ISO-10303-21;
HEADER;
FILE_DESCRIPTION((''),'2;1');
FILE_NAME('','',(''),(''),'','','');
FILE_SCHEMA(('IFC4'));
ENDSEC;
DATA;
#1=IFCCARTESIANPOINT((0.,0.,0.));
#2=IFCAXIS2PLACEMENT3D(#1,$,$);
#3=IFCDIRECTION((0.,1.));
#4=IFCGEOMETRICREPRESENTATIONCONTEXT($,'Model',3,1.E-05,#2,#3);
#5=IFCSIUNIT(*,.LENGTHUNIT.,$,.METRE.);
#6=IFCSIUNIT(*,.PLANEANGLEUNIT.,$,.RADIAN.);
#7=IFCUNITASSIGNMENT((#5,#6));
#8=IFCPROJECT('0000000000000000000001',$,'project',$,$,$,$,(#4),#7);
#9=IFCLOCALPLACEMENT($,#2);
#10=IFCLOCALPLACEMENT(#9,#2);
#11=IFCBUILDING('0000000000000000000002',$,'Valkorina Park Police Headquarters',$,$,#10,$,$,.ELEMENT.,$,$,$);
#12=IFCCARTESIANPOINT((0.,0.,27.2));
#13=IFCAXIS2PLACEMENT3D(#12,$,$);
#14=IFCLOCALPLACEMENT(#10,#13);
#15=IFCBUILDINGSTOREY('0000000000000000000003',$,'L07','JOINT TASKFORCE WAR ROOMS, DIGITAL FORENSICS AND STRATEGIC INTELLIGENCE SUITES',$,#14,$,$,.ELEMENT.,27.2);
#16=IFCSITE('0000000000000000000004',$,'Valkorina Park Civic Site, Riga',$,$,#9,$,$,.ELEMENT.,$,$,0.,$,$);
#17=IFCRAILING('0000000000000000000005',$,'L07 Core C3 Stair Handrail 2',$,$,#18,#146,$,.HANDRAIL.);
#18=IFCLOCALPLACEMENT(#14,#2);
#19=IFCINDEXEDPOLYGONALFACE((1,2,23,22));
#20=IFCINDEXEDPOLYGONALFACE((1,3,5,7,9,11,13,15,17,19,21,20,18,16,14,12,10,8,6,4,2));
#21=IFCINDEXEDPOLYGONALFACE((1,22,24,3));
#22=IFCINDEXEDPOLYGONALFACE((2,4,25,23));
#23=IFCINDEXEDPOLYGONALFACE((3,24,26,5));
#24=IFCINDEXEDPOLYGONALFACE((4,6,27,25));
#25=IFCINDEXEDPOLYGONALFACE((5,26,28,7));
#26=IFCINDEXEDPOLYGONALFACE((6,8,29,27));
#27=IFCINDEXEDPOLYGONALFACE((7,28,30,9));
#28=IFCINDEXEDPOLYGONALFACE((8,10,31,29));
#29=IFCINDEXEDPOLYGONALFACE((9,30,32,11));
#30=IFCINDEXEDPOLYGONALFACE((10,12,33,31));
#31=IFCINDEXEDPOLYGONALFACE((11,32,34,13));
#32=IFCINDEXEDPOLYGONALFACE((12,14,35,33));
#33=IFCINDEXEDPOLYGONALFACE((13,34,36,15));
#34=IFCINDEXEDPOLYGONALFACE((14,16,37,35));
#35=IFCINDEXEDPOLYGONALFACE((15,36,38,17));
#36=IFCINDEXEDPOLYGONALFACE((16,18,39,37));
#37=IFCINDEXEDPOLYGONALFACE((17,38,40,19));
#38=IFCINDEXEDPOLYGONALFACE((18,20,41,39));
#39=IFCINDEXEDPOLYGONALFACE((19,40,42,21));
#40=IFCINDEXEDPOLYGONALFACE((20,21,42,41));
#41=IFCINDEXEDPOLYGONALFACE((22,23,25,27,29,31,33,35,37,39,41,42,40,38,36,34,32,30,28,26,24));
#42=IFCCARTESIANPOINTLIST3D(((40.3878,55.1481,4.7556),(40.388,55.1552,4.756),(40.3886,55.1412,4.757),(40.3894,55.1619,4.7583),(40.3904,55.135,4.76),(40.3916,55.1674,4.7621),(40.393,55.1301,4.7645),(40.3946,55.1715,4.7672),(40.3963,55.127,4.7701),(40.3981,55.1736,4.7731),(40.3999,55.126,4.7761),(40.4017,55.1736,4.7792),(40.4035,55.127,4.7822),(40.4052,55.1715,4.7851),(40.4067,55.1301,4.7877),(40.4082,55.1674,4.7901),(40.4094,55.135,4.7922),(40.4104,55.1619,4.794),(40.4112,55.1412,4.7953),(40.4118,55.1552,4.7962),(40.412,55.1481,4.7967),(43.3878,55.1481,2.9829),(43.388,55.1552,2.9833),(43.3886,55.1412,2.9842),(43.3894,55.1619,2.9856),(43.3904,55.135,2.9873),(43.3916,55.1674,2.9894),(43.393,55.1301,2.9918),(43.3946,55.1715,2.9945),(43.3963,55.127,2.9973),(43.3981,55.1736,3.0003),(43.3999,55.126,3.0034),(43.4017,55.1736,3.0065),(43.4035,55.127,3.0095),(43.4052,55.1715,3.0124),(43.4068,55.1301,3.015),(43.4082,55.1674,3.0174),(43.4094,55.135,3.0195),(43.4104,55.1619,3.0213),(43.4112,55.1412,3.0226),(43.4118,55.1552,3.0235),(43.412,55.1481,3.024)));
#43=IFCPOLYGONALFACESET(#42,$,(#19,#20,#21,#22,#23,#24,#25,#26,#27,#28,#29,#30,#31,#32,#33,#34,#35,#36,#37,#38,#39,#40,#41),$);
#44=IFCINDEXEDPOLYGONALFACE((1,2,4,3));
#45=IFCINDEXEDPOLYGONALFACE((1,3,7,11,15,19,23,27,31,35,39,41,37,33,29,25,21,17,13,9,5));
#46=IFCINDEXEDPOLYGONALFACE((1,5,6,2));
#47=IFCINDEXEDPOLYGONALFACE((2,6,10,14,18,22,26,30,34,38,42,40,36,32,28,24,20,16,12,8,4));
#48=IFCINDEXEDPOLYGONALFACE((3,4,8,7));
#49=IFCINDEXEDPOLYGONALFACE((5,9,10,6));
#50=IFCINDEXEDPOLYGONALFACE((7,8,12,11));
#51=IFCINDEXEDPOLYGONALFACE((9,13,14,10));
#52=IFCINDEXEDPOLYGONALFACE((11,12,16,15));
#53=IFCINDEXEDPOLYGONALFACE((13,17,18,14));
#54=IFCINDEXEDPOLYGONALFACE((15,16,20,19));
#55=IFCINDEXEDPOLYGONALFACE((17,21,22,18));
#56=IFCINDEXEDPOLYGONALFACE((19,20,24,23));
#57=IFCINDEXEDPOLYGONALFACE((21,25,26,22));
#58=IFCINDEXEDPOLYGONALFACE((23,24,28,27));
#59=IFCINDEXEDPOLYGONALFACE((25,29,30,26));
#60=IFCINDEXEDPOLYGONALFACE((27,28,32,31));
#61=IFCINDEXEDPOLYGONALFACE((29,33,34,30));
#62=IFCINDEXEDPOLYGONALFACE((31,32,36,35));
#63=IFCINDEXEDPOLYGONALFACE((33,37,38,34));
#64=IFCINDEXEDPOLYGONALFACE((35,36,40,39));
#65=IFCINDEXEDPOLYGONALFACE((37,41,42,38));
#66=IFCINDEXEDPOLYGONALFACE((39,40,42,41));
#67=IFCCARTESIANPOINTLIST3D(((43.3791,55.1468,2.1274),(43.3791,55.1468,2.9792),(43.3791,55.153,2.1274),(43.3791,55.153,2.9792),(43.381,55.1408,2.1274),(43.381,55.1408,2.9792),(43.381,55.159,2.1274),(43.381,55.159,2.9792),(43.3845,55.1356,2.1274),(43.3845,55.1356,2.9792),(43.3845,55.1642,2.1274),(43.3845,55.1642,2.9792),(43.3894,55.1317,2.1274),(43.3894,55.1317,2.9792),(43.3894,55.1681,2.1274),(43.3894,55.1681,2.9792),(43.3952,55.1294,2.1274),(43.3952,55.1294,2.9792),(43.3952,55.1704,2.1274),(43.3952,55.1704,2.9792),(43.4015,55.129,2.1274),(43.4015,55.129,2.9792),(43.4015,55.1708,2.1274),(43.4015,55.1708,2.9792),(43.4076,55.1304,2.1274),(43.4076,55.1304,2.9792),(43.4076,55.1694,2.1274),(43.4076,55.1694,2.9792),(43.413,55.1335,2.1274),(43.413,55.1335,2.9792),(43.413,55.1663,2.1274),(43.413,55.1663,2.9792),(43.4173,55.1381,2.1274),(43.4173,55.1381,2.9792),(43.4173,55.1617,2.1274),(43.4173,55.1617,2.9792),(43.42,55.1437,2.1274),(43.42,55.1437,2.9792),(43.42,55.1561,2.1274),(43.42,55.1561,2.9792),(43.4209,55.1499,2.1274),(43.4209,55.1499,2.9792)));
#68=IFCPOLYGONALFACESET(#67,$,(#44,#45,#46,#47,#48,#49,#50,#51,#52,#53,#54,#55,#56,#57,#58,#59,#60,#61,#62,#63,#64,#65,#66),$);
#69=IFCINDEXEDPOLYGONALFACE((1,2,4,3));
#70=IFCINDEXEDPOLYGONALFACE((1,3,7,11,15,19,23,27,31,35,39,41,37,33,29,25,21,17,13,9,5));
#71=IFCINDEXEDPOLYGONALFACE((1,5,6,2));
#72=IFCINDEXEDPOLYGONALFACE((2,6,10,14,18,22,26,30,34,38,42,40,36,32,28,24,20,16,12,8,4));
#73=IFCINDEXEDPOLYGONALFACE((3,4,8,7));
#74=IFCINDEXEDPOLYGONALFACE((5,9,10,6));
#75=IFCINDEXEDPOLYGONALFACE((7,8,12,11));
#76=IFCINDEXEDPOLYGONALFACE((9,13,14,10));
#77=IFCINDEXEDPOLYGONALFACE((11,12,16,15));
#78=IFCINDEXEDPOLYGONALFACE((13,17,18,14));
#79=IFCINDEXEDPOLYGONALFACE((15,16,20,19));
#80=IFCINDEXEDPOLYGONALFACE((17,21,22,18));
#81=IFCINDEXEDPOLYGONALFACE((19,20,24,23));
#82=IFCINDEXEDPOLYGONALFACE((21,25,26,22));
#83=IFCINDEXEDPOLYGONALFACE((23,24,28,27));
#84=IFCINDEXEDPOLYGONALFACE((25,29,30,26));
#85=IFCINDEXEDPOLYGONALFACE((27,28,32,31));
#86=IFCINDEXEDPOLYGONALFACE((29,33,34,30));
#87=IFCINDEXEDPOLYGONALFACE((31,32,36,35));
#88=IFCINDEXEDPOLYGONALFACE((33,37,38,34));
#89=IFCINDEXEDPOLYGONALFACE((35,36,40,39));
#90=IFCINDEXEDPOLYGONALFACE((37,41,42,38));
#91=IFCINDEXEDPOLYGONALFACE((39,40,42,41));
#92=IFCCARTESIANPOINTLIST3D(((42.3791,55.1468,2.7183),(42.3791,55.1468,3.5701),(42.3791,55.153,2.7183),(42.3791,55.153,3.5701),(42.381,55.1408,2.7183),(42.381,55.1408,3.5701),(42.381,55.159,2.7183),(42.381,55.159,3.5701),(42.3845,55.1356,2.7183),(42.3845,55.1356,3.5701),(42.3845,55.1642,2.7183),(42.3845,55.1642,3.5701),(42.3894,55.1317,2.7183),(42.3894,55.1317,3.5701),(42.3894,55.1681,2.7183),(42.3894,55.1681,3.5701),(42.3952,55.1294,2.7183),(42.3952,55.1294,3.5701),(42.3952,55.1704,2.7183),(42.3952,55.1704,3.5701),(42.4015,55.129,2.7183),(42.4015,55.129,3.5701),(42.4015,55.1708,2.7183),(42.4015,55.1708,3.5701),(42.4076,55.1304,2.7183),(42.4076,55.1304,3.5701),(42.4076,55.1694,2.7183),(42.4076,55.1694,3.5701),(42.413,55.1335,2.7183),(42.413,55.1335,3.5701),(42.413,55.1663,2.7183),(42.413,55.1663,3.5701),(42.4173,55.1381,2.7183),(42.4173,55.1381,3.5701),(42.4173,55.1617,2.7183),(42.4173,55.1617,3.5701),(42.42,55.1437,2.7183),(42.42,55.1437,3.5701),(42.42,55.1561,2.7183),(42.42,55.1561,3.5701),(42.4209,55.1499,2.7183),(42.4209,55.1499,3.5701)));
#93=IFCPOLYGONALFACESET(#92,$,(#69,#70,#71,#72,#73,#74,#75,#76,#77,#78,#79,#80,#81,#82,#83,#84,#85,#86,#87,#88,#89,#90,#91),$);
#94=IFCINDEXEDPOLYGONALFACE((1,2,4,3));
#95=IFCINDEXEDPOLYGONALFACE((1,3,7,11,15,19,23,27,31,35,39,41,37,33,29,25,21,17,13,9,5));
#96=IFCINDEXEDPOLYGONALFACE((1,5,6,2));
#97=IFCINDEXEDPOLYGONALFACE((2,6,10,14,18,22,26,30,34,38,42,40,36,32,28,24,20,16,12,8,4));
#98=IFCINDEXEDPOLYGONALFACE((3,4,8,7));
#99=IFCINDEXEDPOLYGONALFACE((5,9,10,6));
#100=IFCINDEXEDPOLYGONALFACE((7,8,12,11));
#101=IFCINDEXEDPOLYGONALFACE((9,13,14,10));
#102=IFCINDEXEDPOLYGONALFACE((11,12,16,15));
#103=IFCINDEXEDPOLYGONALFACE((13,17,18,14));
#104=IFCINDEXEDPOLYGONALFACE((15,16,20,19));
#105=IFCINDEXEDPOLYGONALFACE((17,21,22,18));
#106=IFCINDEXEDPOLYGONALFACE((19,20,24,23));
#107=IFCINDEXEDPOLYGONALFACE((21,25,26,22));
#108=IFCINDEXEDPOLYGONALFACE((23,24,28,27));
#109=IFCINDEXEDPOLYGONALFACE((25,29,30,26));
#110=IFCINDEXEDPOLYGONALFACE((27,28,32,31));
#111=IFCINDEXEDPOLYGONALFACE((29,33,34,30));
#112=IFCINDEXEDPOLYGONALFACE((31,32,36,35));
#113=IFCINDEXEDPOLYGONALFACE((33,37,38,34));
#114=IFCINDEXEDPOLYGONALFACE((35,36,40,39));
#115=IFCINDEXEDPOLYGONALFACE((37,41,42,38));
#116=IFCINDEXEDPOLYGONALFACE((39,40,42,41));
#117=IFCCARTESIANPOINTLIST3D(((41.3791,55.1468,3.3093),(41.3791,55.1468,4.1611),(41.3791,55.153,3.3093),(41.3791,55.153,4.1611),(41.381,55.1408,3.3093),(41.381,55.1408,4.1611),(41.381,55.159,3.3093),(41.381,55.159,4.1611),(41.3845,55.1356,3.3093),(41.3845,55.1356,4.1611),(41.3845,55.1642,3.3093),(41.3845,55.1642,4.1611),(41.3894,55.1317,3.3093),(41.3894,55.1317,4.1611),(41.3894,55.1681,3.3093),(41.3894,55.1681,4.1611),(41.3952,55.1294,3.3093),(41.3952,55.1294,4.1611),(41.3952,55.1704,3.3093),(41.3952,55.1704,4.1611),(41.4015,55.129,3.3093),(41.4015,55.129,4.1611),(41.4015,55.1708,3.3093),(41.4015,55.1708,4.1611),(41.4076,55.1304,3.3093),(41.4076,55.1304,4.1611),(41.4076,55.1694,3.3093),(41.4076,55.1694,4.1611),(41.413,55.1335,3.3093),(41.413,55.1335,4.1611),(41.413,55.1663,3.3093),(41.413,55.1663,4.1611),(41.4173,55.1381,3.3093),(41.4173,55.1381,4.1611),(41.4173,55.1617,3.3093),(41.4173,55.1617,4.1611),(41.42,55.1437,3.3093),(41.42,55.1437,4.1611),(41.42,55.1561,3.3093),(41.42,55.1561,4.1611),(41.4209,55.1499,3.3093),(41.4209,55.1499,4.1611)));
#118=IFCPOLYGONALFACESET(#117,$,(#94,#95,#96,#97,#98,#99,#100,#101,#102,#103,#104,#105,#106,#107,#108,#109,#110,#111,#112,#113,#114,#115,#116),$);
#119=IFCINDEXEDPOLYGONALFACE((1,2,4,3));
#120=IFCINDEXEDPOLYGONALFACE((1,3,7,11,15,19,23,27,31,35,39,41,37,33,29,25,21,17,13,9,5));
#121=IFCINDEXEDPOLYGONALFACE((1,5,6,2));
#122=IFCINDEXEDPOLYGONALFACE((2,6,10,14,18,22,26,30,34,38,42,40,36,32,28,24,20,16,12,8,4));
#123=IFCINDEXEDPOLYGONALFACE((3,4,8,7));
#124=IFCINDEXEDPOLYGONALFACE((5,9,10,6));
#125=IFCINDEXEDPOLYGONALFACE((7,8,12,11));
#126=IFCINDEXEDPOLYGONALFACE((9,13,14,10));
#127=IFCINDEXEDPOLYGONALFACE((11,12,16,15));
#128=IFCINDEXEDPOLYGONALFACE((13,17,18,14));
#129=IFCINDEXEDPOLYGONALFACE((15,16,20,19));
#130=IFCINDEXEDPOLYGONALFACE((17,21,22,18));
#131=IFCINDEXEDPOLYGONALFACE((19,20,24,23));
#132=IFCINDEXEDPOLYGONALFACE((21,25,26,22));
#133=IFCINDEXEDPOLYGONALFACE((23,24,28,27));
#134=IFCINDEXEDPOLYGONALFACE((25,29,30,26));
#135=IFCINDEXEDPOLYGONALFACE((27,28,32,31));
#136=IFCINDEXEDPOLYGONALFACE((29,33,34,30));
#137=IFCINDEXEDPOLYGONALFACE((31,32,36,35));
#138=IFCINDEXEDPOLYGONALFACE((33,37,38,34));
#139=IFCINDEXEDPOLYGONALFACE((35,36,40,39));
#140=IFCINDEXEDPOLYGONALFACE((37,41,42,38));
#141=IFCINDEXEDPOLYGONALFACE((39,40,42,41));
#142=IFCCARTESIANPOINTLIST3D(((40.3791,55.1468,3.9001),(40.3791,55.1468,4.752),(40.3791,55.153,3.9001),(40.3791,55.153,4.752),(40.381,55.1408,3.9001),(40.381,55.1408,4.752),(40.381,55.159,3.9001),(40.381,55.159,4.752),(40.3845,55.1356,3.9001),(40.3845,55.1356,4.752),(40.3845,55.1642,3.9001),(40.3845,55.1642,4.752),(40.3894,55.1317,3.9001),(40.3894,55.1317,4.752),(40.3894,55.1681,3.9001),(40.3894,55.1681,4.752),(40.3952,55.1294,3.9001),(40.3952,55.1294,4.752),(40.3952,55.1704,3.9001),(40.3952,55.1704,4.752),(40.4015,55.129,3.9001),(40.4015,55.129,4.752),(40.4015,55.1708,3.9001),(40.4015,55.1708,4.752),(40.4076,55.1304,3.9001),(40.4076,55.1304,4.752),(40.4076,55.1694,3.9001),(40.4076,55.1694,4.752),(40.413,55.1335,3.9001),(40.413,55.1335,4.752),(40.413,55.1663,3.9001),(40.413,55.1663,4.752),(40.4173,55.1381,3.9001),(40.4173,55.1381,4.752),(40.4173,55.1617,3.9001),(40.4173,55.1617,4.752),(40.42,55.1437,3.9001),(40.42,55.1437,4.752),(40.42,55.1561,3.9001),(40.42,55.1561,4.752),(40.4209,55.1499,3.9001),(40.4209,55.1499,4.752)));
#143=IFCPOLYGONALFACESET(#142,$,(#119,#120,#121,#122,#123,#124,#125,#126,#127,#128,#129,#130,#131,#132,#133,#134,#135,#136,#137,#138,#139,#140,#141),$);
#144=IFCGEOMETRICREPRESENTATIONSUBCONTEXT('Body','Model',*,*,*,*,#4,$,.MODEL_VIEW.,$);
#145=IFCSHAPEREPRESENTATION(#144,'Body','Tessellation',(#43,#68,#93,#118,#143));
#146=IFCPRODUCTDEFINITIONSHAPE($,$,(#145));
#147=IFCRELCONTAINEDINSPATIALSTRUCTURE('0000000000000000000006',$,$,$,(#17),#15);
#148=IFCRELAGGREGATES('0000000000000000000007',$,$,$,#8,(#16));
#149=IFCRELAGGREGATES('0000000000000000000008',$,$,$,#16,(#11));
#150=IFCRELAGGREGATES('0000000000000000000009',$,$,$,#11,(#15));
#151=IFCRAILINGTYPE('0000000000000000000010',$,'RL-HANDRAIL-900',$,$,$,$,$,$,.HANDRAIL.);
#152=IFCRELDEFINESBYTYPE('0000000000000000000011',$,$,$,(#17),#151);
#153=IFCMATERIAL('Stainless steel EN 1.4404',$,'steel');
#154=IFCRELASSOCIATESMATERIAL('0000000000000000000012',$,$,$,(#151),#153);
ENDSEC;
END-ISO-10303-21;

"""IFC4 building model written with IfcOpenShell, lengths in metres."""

from ifc_helpers import new_model, si_unit, direction, frame, origin, origin_2d, place, context, subcontext, project, spatial, circle, extrude, material, type_object, element, save


model = new_model("IFC4")

# Units and contexts
model_context = context("Model", 3, precision=1e-05, world=origin(), true_north=direction((0.0, 1.0)))
body_context = subcontext(model_context, "Body", "Model", "MODEL_VIEW")
ifc_project = project(units=[si_unit("LENGTHUNIT", "METRE"), si_unit("PLANEANGLEUNIT", "RADIAN")], contexts=[model_context])

# Site, building, storey
site_placement = place(None, origin())
site = spatial("IfcSite", under=ifc_project, at=site_placement, Name="Valkorina Park Civic Site, Riga", CompositionType="ELEMENT", RefElevation=0.0)
building_placement = place(site_placement, origin())
building = spatial("IfcBuilding", under=site, at=building_placement, Name="Valkorina Park Police Headquarters", CompositionType="ELEMENT")
storey_placement = place(building_placement, frame((0.0, 0.0, 27.2)))
storey = spatial("IfcBuildingStorey", under=building, at=storey_placement, Name="L07", Description="JOINT TASKFORCE WAR ROOMS, DIGITAL FORENSICS AND STRATEGIC INTELLIGENCE SUITES", CompositionType="ELEMENT", Elevation=27.2)

# Railing
ifc_material_1 = material(Name="Stainless steel EN 1.4404", Category="steel")
railing_type_1 = type_object("IfcRailingType", Name="RL-HANDRAIL-900", PredefinedType="HANDRAIL", material=ifc_material_1)
railing_1_placement = place(storey_placement, frame((43.3999, 55.1499, 2.1274)))
element("IfcRailing", 1, at=railing_1_placement, inside=storey, type_object=railing_type_1, Name="L07 Core C3 Stair Handrail 2", PredefinedType="HANDRAIL", context=body_context, shape_type="SweptSolid", body=[
    extrude(circle(Radius=0.0239, at=origin_2d()), frame((0.0, 0.0, 0.876), z_axis=(-0.860929, 0.0, 0.508725), x_axis=(0.0, -1.0, 0.0)), (0.0, 0.0, 1.0), 3.4846),
    extrude(circle(Radius=0.021, at=origin_2d()), origin(), (0.0, 0.0, 1.0), 0.8518),
    extrude(circle(Radius=0.021, at=origin_2d()), frame((-1.0, 0.0, 0.5908)), (0.0, 0.0, 1.0), 0.8518),
    extrude(circle(Radius=0.021, at=origin_2d()), frame((-2.0, 0.0, 1.1819)), (0.0, 0.0, 1.0), 0.8518),
    extrude(circle(Radius=0.021, at=origin_2d()), frame((-3.0, 0.0, 1.7727)), (0.0, 0.0, 1.0), 0.8518),
])

save(model, "model.ifc")
